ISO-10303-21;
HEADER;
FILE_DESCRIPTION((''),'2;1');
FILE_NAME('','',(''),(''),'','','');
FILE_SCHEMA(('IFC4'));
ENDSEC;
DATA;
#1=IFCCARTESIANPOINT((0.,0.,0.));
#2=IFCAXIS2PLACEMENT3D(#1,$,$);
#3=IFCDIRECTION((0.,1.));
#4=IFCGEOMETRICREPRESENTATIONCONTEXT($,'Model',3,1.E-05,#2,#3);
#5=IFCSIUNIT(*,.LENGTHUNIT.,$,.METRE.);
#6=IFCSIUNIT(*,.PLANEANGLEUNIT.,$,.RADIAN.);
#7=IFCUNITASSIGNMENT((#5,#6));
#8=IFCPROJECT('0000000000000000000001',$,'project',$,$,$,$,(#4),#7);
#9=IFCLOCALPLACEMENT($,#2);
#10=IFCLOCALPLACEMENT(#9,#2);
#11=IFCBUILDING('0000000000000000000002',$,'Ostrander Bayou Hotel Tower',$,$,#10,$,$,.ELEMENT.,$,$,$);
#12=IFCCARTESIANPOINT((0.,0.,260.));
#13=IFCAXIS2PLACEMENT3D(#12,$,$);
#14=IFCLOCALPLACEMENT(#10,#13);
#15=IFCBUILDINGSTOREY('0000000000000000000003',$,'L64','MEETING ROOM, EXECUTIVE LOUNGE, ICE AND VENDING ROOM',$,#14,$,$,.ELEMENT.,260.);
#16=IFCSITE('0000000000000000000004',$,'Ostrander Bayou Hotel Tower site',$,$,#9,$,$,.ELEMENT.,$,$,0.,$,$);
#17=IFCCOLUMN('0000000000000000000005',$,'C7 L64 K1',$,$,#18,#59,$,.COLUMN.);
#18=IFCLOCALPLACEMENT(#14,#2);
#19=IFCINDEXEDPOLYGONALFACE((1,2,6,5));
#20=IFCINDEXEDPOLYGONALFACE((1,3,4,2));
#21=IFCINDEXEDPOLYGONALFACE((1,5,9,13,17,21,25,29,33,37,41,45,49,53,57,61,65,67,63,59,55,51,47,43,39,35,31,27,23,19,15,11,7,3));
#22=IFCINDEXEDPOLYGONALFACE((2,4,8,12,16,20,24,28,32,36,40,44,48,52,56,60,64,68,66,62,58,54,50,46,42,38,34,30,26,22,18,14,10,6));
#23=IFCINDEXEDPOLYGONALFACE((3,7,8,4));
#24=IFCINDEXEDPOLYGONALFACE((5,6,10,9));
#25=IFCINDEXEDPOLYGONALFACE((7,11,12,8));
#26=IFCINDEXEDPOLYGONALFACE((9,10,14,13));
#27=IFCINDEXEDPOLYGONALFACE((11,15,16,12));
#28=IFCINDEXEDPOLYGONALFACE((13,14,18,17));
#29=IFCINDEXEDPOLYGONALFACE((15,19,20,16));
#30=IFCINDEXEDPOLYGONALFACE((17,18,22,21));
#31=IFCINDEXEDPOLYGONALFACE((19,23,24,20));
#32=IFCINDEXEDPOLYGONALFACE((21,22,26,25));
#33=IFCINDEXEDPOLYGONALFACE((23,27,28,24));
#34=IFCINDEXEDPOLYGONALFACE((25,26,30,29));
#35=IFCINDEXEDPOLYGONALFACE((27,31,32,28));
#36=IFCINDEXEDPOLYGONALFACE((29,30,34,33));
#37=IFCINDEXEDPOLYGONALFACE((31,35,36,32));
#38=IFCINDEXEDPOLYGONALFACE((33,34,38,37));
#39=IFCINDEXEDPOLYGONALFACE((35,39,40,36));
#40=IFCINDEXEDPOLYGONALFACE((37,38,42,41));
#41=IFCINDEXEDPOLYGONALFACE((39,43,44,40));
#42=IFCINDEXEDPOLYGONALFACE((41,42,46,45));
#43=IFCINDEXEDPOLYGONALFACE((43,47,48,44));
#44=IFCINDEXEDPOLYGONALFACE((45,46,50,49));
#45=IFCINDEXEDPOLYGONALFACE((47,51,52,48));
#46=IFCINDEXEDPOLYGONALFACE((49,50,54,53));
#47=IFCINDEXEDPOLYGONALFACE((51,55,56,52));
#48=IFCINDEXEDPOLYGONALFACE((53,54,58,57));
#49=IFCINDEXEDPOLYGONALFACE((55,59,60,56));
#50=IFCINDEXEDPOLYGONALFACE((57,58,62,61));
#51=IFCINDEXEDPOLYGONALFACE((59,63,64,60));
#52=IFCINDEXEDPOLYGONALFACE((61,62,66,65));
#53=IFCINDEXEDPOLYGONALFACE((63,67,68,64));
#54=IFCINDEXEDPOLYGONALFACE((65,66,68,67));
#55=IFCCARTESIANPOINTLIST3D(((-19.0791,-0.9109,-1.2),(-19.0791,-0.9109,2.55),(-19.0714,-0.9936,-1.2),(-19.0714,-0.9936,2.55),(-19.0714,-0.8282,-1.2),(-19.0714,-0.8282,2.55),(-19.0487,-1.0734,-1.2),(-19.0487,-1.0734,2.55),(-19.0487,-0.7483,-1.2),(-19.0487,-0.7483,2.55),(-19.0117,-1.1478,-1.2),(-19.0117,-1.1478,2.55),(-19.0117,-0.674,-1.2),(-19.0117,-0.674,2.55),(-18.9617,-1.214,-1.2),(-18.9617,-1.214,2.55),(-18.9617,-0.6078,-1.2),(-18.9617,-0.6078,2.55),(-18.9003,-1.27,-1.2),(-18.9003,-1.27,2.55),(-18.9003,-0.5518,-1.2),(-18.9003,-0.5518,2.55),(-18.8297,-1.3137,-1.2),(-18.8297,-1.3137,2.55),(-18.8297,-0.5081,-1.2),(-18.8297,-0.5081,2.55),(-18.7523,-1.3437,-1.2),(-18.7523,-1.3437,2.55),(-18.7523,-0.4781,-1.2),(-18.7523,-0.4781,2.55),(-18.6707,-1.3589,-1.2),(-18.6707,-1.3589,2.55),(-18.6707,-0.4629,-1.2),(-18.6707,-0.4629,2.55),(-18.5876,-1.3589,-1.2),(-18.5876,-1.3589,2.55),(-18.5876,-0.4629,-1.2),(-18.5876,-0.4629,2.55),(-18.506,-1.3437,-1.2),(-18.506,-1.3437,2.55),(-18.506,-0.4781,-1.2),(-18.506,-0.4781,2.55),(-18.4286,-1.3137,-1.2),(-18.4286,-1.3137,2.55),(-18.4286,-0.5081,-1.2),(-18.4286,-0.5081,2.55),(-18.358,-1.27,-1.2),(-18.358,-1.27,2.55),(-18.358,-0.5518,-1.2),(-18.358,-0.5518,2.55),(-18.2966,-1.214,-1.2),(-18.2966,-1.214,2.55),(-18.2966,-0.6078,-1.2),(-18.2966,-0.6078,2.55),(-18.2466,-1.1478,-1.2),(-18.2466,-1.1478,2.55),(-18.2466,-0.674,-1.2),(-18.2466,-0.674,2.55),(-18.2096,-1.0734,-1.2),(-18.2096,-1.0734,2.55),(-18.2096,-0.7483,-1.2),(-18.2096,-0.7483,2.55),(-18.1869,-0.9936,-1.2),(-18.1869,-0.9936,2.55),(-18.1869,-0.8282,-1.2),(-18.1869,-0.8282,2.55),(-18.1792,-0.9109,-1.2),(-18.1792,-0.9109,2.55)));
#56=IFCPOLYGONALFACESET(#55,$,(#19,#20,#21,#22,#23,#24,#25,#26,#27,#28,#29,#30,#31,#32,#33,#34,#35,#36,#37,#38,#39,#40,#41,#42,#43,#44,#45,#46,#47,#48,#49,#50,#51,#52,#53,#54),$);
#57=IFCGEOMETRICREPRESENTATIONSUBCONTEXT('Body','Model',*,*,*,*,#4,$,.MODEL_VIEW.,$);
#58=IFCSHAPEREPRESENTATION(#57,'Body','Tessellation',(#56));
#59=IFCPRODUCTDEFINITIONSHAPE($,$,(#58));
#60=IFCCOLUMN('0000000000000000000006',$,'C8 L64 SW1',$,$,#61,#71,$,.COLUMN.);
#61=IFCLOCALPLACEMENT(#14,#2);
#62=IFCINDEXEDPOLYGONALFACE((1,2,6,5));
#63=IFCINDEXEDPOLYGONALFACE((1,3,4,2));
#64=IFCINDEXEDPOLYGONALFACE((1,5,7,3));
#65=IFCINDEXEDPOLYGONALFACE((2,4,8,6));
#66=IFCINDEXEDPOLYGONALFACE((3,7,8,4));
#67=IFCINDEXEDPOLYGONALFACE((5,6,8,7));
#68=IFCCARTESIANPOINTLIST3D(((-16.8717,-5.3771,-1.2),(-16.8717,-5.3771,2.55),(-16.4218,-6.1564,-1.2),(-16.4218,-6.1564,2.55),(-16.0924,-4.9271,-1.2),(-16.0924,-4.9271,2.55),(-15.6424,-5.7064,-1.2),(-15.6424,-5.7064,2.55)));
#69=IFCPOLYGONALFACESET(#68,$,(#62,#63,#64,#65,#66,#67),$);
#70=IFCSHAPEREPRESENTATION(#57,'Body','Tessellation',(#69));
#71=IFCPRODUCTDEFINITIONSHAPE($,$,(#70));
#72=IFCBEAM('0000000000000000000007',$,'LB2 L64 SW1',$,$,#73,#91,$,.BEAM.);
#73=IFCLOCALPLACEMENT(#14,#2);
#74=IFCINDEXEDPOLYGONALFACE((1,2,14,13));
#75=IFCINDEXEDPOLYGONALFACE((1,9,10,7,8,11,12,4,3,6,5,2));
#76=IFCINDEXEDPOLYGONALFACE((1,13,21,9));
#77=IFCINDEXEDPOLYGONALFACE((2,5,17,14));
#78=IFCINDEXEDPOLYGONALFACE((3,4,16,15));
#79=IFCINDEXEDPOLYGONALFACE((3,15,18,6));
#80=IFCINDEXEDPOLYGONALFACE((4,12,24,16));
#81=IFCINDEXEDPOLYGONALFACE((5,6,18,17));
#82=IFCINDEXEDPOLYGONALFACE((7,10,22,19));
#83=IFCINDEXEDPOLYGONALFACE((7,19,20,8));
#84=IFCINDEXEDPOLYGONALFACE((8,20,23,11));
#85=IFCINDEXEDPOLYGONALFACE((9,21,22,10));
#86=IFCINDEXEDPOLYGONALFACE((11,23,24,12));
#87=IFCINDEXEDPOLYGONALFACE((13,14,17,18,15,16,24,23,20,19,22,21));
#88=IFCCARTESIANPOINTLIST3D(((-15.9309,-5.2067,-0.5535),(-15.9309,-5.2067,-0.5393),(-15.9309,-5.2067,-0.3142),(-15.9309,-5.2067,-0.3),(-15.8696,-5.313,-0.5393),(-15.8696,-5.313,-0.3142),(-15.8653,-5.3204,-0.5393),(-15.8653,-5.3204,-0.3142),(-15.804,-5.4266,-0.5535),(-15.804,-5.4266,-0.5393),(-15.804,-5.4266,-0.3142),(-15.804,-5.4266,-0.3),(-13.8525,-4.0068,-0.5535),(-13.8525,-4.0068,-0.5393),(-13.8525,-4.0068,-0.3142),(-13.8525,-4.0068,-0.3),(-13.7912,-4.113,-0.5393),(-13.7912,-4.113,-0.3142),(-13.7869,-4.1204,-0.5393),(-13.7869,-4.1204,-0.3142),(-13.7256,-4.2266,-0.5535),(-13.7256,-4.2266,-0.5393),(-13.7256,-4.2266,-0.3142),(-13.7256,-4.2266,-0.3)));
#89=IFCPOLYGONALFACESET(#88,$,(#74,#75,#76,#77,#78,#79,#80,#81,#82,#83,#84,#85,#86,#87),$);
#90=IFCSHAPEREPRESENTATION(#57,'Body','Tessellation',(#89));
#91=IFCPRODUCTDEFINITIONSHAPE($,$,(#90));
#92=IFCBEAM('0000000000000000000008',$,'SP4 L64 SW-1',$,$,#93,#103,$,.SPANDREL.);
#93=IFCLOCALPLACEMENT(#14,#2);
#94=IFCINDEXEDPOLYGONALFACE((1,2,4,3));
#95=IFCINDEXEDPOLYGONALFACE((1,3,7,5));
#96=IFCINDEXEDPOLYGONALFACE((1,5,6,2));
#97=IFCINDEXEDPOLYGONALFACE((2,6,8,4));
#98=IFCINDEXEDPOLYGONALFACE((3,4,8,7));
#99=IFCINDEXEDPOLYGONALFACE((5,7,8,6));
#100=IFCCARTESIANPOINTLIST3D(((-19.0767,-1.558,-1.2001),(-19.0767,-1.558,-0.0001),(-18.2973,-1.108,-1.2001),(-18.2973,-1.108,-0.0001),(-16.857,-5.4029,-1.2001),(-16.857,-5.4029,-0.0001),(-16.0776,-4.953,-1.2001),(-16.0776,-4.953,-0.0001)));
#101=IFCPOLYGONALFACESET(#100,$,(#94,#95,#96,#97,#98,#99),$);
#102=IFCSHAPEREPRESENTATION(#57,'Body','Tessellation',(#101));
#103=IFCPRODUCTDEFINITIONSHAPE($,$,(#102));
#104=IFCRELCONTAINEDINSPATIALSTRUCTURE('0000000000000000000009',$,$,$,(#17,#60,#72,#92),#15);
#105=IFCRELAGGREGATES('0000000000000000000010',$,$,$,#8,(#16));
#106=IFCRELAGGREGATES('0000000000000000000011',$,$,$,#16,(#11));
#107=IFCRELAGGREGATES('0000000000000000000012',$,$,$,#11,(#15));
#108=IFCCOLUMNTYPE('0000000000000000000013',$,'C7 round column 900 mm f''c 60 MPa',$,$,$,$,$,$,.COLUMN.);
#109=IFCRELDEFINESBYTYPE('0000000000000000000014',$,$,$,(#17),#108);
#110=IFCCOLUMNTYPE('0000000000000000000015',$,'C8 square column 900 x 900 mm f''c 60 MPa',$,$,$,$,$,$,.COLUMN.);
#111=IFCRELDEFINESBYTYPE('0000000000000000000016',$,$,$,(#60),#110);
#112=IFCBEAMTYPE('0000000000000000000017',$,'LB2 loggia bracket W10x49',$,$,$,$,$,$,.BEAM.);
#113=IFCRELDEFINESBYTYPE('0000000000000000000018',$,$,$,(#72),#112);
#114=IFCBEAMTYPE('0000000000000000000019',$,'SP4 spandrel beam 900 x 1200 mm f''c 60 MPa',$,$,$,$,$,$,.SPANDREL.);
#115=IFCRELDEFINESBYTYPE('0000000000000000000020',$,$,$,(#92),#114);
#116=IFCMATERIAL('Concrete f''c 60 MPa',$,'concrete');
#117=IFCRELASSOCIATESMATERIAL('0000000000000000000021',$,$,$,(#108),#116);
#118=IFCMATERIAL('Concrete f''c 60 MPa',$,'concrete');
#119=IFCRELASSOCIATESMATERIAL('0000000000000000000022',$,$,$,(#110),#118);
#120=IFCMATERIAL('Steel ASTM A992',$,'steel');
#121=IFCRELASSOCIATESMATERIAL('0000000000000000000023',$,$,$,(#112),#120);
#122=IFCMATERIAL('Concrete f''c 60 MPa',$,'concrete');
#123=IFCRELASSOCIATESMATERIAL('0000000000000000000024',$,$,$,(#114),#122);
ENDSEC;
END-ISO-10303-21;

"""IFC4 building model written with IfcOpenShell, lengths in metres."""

from ifc_helpers import new_model, si_unit, direction, frame, origin, origin_2d, place, context, subcontext, project, spatial, rectangle, circle, i_section, extrude, material, material_profile, profile_set, type_object, element, save


model = new_model("IFC4")

# Units and contexts
model_context = context("Model", 3, precision=1e-05, world=origin(), true_north=direction((0.0, 1.0)))
body_context = subcontext(model_context, "Body", "Model", "MODEL_VIEW")
ifc_project = project(units=[si_unit("LENGTHUNIT", "METRE"), si_unit("PLANEANGLEUNIT", "RADIAN")], contexts=[model_context])

# Site, building, storey
site_placement = place(None, origin())
site = spatial("IfcSite", under=ifc_project, at=site_placement, Name="Ostrander Bayou Hotel Tower site", CompositionType="ELEMENT", RefElevation=0.0)
building_placement = place(site_placement, origin())
building = spatial("IfcBuilding", under=site, at=building_placement, Name="Ostrander Bayou Hotel Tower", CompositionType="ELEMENT")
storey_placement = place(building_placement, frame((0.0, 0.0, 260.0)))
storey = spatial("IfcBuildingStorey", under=building, at=storey_placement, Name="L64", Description="MEETING ROOM, EXECUTIVE LOUNGE, ICE AND VENDING ROOM", CompositionType="ELEMENT", Elevation=260.0)

# Columns
ifc_material_1 = material(Name="Concrete f'c 60 MPa", Category="concrete")
ifc_material_profile_1 = material_profile(ifc_material_1, circle(Radius=0.45, at=origin_2d()))
ifc_profile_set_1 = profile_set([ifc_material_profile_1], Name="Concrete f'c 60 MPa")
column_type_1 = type_object("IfcColumnType", Name="C7 round column 900 mm f'c 60 MPa", PredefinedType="COLUMN", material=ifc_profile_set_1)
column_1_placement = place(storey_placement, frame((-18.6292, -0.9109, -1.2), z_axis=(0.0, 0.0, 1.0), x_axis=(1.0, 0.0, 0.0)))
element("IfcColumn", 1, at=column_1_placement, inside=storey, type_object=column_type_1, Name="C7 L64 K1", PredefinedType="COLUMN", context=body_context, shape_type="SweptSolid", body=[
    extrude(circle(Radius=0.45, at=origin_2d()), origin(), (0.0, 0.0, 1.0), 3.75),
])
ifc_material_2 = material(Name="Concrete f'c 60 MPa", Category="concrete")
ifc_material_profile_2 = material_profile(ifc_material_2, rectangle(XDim=0.8999, YDim=0.8999, at=origin_2d()))
ifc_profile_set_2 = profile_set([ifc_material_profile_2], Name="Concrete f'c 60 MPa")
column_type_2 = type_object("IfcColumnType", Name="C8 square column 900 x 900 mm f'c 60 MPa", PredefinedType="COLUMN", material=ifc_profile_set_2)
column_2_placement = place(storey_placement, frame((-16.2571, -5.5417, -1.2), z_axis=(0.0, 0.0, 1.0), x_axis=(-0.5, 0.866025, 0.0)))
element("IfcColumn", 2, at=column_2_placement, inside=storey, type_object=column_type_2, Name="C8 L64 SW1", PredefinedType="COLUMN", context=body_context, shape_type="SweptSolid", body=[
    extrude(rectangle(XDim=0.8999, YDim=0.8999, at=origin_2d()), origin(), (0.0, 0.0, 1.0), 3.75),
])

# Beams
ifc_material_3 = material(Name="Steel ASTM A992", Category="steel")
ifc_material_profile_3 = material_profile(ifc_material_3, i_section(OverallWidth=0.2539, OverallDepth=0.2534, WebThickness=0.0085, FlangeThickness=0.0142, at=origin_2d()))
ifc_profile_set_3 = profile_set([ifc_material_profile_3], Name="Steel ASTM A992")
beam_type_1 = type_object("IfcBeamType", Name="LB2 loggia bracket W10x49", PredefinedType="BEAM", material=ifc_profile_set_3)
beam_1_placement = place(storey_placement, frame((-15.8674, -5.3167, -0.4268), z_axis=(0.866025, 0.500001, 0.0), x_axis=(-0.500001, 0.866025, 0.0)))
element("IfcBeam", 3, at=beam_1_placement, inside=storey, type_object=beam_type_1, Name="LB2 L64 SW1", PredefinedType="BEAM", context=body_context, shape_type="SweptSolid", body=[
    extrude(i_section(OverallWidth=0.2539, OverallDepth=0.2534, WebThickness=0.0085, FlangeThickness=0.0142, at=origin_2d()), origin(), (0.0, 0.0, 1.0), 2.3999),
])
ifc_material_4 = material(Name="Concrete f'c 60 MPa", Category="concrete")
ifc_material_profile_4 = material_profile(ifc_material_4, rectangle(XDim=0.8999, YDim=1.2, at=origin_2d()))
ifc_profile_set_4 = profile_set([ifc_material_profile_4], Name="Concrete f'c 60 MPa")
beam_type_2 = type_object("IfcBeamType", Name="SP4 spandrel beam 900 x 1200 mm f'c 60 MPa", PredefinedType="SPANDREL", material=ifc_profile_set_4)
beam_2_placement = place(storey_placement, frame((-18.687, -1.333, -0.6001), z_axis=(0.499972, -0.866042, 0.0), x_axis=(0.866042, 0.499972, 0.0)))
element("IfcBeam", 4, at=beam_2_placement, inside=storey, type_object=beam_type_2, Name="SP4 L64 SW-1", PredefinedType="SPANDREL", context=body_context, shape_type="SweptSolid", body=[
    extrude(rectangle(XDim=0.8999, YDim=1.2, at=origin_2d()), origin(), (0.0, 0.0, 1.0), 4.4397),
])

save(model, "model.ifc")
